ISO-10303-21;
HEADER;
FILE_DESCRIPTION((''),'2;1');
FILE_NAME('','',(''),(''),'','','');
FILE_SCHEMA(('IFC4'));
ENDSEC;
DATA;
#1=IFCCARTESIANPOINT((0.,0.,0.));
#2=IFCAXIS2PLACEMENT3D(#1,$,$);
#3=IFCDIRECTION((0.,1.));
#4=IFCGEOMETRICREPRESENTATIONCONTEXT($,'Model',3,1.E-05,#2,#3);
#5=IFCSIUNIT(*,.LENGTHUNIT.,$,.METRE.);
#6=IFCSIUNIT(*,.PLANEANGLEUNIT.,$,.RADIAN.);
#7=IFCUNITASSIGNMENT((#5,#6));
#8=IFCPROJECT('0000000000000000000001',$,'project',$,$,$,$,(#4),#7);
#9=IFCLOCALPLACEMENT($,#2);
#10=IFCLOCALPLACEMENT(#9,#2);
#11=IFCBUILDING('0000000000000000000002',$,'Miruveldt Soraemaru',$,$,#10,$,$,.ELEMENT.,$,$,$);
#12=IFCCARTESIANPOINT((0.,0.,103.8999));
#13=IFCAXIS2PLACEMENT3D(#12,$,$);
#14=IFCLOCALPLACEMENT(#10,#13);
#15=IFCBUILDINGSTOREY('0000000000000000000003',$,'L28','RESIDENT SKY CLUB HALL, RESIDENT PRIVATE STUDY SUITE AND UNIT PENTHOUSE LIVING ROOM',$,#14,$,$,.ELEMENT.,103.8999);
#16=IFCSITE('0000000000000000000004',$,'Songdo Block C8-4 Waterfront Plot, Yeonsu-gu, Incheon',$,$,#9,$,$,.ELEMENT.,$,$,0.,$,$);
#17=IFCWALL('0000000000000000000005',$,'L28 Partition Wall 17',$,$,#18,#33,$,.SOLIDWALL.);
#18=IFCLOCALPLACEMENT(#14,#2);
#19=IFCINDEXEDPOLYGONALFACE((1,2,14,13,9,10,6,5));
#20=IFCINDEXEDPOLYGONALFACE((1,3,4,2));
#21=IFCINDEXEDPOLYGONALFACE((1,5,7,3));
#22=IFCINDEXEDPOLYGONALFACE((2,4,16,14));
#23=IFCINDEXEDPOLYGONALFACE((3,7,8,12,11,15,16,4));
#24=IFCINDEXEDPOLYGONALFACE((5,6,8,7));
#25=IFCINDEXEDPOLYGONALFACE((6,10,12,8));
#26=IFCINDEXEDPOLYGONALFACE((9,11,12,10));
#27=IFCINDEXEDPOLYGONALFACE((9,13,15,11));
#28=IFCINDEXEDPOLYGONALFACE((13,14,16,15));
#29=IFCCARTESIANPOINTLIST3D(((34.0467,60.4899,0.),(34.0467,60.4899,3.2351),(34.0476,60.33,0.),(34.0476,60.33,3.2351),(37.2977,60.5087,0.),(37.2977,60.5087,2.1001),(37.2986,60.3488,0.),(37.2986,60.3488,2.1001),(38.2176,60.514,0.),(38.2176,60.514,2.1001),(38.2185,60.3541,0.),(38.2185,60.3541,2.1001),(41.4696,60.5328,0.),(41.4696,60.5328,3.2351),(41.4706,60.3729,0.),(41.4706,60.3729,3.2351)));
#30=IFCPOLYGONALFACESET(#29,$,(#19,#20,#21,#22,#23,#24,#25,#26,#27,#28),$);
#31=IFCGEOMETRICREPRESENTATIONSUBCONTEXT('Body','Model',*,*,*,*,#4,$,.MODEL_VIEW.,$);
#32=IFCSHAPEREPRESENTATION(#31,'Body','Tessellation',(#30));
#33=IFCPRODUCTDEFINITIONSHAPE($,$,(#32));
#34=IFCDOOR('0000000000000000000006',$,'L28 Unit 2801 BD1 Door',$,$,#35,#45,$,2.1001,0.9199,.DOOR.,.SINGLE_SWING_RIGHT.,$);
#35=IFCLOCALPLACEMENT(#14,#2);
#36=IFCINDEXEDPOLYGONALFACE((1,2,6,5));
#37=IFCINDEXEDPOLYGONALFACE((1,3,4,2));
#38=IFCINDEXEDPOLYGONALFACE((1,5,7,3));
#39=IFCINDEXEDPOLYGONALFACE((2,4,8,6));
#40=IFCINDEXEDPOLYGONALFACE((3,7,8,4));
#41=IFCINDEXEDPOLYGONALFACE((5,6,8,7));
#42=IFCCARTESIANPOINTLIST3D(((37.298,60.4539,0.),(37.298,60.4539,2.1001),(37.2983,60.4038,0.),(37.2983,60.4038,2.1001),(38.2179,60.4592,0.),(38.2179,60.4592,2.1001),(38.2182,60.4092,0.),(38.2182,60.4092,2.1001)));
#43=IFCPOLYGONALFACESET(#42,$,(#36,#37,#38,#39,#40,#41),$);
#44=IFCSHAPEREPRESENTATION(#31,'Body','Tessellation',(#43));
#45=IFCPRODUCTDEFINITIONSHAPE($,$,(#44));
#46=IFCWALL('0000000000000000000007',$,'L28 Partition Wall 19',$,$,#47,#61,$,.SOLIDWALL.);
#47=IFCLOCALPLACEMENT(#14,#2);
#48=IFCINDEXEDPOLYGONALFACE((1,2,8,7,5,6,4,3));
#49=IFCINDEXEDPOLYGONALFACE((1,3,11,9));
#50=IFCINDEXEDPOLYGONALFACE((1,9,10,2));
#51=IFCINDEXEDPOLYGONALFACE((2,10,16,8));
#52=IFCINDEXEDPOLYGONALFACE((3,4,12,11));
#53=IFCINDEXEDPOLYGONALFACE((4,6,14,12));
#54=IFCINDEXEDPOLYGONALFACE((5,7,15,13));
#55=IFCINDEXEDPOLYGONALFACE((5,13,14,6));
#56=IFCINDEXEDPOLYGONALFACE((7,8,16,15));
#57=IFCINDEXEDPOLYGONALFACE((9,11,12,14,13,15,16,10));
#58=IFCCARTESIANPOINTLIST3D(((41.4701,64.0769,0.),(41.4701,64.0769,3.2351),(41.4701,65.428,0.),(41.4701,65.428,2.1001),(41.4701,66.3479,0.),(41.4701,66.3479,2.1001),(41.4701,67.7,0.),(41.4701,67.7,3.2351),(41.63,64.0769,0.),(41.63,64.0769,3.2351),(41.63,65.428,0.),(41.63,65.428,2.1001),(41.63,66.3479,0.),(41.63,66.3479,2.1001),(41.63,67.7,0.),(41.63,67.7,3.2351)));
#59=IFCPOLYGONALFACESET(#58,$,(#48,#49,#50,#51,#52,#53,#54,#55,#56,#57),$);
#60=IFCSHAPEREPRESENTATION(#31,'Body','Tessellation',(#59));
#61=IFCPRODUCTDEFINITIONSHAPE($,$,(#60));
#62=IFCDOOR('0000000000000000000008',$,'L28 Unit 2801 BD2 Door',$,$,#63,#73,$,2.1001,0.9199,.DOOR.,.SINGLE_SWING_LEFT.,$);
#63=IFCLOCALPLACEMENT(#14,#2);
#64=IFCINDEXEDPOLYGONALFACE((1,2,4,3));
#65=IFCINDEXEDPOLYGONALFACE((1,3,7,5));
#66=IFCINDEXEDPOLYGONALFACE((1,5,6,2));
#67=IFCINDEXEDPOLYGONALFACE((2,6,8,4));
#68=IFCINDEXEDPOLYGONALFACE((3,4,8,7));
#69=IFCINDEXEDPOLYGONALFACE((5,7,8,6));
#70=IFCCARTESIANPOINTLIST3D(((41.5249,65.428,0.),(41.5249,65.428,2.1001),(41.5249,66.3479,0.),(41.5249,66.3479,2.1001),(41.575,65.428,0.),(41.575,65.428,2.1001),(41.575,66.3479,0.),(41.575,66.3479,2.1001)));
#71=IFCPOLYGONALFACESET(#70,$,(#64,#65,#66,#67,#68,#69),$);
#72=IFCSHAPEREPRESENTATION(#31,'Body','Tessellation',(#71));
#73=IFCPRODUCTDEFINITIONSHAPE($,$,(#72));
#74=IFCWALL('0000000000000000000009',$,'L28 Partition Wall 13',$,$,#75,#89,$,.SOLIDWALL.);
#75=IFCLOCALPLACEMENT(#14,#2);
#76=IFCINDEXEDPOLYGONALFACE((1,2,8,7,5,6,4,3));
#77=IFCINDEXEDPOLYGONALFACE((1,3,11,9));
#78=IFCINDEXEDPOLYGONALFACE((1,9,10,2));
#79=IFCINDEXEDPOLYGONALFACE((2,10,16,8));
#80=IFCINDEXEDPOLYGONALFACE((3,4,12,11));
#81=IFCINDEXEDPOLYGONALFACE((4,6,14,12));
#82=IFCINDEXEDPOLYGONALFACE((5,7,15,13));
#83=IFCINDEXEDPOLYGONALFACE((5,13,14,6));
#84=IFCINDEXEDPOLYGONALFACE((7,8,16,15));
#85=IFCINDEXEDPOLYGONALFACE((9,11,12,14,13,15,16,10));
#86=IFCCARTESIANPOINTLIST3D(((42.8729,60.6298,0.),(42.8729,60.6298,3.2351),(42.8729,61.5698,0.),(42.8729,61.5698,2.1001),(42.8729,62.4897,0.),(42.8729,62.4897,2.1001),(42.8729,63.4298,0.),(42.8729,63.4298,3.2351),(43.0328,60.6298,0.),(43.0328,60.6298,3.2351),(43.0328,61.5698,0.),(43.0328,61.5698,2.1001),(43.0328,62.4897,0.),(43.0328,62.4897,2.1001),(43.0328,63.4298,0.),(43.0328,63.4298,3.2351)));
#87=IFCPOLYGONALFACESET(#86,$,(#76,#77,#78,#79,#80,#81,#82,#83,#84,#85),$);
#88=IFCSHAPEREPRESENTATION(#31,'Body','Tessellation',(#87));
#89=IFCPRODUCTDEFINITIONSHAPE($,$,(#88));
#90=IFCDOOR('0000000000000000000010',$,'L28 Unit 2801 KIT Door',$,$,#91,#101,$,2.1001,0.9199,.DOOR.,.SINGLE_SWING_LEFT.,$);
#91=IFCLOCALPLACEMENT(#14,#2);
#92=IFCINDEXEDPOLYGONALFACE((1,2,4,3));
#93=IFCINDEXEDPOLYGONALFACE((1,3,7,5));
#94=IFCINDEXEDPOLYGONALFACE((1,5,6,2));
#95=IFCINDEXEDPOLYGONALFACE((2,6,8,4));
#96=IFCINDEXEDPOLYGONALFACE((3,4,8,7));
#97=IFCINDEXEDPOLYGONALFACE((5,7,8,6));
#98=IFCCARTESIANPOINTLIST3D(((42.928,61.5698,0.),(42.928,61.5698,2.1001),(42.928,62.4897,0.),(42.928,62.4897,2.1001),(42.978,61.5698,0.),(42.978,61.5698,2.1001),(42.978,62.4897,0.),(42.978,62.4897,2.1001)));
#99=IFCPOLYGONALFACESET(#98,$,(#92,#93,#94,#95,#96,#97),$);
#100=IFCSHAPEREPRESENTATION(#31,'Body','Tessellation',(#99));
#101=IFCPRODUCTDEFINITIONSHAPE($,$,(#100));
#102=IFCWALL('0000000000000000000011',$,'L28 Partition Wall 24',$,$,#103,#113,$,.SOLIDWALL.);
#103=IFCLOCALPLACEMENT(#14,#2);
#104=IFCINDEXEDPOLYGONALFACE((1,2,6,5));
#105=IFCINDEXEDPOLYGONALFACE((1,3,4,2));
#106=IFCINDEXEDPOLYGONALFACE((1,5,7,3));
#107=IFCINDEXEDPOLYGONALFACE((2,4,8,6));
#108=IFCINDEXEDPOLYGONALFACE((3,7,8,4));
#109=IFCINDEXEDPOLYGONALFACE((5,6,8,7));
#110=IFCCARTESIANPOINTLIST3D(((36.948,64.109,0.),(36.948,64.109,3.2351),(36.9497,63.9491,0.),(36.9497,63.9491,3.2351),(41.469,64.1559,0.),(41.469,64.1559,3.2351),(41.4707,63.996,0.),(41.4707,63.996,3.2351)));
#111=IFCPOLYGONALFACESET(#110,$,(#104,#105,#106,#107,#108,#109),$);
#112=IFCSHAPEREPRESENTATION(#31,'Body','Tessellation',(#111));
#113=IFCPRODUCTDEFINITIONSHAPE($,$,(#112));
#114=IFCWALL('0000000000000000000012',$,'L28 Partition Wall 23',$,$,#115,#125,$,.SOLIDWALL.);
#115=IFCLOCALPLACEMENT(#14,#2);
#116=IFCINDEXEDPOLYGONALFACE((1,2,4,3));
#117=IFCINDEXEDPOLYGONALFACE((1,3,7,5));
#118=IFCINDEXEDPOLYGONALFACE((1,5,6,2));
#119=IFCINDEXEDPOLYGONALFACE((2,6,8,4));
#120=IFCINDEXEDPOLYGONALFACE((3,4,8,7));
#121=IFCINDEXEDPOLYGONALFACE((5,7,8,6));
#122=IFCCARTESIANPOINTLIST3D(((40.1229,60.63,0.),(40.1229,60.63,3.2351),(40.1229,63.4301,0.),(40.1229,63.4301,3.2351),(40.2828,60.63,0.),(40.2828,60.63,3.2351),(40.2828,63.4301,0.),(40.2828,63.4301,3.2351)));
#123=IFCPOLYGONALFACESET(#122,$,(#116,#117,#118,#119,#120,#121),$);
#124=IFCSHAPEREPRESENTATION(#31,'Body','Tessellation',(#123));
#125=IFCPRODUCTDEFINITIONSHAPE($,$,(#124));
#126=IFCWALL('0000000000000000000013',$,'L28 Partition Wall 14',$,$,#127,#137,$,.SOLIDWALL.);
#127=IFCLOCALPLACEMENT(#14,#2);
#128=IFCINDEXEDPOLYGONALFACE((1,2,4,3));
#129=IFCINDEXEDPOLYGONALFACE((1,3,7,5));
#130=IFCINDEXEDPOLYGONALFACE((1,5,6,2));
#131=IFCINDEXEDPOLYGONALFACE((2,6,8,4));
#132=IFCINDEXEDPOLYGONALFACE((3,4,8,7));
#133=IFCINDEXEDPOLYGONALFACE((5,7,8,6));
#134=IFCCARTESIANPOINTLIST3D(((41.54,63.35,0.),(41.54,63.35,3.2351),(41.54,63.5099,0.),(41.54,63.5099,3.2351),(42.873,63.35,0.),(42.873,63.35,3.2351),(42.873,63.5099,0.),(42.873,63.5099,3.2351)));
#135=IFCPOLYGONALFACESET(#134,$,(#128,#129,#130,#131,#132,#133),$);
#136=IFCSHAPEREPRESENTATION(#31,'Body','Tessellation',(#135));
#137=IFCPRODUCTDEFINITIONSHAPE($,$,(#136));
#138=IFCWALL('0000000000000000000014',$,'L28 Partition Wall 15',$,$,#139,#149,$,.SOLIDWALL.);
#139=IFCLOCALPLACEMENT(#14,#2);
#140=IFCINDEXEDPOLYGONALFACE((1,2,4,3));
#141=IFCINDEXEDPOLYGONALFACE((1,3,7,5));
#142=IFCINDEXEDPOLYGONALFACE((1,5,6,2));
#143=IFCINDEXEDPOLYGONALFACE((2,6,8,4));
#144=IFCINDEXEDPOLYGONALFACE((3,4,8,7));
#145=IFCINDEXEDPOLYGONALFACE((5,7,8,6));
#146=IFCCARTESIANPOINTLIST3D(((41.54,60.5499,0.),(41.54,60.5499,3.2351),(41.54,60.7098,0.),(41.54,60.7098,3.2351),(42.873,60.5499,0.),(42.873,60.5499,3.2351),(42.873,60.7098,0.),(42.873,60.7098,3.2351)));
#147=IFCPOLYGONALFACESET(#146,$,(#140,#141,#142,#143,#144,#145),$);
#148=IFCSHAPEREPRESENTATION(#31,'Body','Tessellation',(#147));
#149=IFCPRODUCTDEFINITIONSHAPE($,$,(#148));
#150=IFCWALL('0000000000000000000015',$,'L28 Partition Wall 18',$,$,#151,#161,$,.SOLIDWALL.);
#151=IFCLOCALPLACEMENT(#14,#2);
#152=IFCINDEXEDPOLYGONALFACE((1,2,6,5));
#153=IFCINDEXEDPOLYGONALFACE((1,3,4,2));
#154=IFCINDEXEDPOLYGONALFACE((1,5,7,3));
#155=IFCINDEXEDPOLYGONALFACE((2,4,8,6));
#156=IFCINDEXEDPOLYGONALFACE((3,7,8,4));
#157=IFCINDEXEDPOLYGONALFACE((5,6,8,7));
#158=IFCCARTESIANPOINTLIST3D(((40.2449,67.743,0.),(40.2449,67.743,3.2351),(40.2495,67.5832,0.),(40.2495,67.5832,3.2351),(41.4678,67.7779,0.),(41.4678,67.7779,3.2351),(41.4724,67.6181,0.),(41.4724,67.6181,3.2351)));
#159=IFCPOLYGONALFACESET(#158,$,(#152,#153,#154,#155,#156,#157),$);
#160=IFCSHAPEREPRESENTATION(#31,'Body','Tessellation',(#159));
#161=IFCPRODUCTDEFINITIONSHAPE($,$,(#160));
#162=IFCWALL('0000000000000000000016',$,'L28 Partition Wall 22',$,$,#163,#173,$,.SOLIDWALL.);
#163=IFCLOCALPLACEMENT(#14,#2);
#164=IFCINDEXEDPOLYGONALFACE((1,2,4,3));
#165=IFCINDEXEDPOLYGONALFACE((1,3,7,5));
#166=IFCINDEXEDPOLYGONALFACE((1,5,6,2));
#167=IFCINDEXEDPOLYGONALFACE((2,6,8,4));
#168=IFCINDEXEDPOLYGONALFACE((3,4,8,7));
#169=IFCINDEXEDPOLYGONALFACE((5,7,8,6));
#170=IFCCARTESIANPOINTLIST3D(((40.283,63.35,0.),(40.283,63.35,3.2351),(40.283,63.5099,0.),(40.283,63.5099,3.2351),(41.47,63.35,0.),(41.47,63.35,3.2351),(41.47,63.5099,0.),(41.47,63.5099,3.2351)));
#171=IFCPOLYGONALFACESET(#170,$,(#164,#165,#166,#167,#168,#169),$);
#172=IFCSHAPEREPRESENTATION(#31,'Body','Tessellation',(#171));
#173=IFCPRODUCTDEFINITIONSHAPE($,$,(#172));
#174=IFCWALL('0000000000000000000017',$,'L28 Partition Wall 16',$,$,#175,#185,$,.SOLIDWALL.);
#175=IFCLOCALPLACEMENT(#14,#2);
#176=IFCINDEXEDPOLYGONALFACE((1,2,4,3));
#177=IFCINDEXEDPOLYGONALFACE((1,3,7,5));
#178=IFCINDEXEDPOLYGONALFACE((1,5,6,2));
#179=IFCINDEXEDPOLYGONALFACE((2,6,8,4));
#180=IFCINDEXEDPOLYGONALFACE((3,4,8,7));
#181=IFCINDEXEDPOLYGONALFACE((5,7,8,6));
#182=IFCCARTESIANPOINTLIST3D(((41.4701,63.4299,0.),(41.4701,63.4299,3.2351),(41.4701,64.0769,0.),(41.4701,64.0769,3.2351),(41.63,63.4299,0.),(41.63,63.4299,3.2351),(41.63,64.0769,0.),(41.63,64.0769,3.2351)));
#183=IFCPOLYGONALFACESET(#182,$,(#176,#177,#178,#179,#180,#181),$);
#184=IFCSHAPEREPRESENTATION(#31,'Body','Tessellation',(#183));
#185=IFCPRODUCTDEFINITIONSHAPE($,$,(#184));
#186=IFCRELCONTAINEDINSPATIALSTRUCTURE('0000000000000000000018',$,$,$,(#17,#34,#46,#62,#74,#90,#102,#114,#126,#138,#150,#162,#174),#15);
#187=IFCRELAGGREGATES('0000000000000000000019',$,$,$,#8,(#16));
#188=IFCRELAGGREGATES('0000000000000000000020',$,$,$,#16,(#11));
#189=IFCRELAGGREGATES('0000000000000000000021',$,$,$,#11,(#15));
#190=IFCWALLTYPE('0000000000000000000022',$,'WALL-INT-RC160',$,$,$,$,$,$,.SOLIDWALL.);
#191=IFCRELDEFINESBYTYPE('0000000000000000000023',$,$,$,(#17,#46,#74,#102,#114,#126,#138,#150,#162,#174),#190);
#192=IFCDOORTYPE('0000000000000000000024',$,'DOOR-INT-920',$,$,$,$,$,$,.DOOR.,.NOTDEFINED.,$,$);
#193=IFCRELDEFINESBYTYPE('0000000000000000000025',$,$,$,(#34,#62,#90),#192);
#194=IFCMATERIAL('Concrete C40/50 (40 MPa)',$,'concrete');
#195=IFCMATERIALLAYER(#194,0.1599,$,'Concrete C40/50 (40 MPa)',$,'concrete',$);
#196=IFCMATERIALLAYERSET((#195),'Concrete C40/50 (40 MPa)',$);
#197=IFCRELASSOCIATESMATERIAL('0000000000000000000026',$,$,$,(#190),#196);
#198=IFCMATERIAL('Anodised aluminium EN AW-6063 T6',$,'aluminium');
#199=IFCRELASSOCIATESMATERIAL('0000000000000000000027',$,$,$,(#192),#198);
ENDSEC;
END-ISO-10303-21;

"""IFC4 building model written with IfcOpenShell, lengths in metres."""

from ifc_helpers import new_model, si_unit, direction, frame, frame_2d, origin, place, context, subcontext, project, spatial, rectangle, extrude, material, layer, layer_set, type_object, element, fill, save


model = new_model("IFC4")

# Units and contexts
model_context = context("Model", 3, precision=1e-05, world=origin(), true_north=direction((0.0, 1.0)))
body_context = subcontext(model_context, "Body", "Model", "MODEL_VIEW")
ifc_project = project(units=[si_unit("LENGTHUNIT", "METRE"), si_unit("PLANEANGLEUNIT", "RADIAN")], contexts=[model_context])

# Site, building, storey
site_placement = place(None, origin())
site = spatial("IfcSite", under=ifc_project, at=site_placement, Name="Songdo Block C8-4 Waterfront Plot, Yeonsu-gu, Incheon", CompositionType="ELEMENT", RefElevation=0.0)
building_placement = place(site_placement, origin())
building = spatial("IfcBuilding", under=site, at=building_placement, Name="Miruveldt Soraemaru", CompositionType="ELEMENT")
storey_placement = place(building_placement, frame((0.0, 0.0, 103.8999)))
storey = spatial("IfcBuildingStorey", under=building, at=storey_placement, Name="L28", Description="RESIDENT SKY CLUB HALL, RESIDENT PRIVATE STUDY SUITE AND UNIT PENTHOUSE LIVING ROOM", CompositionType="ELEMENT", Elevation=103.8999)

# Shared definitions
ifc_material_1 = material(Name="Anodised aluminium EN AW-6063 T6", Category="aluminium")

# Walls, openings, doors
ifc_material_2 = material(Name="Concrete C40/50 (40 MPa)", Category="concrete")
ifc_layer_1 = layer(ifc_material_2, 0.1599, Name="Concrete C40/50 (40 MPa)", Category="concrete")
ifc_layer_set_1 = layer_set([ifc_layer_1], Name="Concrete C40/50 (40 MPa)")
wall_type_1 = type_object("IfcWallType", Name="WALL-INT-RC160", PredefinedType="SOLIDWALL", material=ifc_layer_set_1)
wall_1_placement = place(storey_placement, frame((41.47, 60.4529, 0.0), z_axis=(0.0, 0.0, 1.0), x_axis=(-0.999983, -0.005789, 0.0)))
wall_1 = element("IfcWall", 1, at=wall_1_placement, inside=storey, type_object=wall_type_1, Name="L28 Partition Wall 17", PredefinedType="SOLIDWALL", context=body_context, shape_type="SweptSolid", body=[
    extrude(rectangle(XDim=7.4231, YDim=0.1599, at=frame_2d((3.7114, 0.0))), origin(), (0.0, 0.0, 1.0), 3.2351),
])
opening_1_placement = place(wall_1_placement, frame((3.252, 0.0, 0.0)))
opening_1 = element("IfcOpeningElement", 2, at=opening_1_placement, cuts=wall_1, PredefinedType="OPENING", context=body_context, shape_type="SweptSolid", body=[
    extrude(rectangle(XDim=0.9199, YDim=2.1001, at=frame_2d((0.46, 1.05))), frame((0.0, 0.0898, 0.0), z_axis=(0.0, -1.0, 0.0), x_axis=(1.0, 0.0, 0.0)), (0.0, 0.0, 1.0), 0.1799),
])
door_type = type_object("IfcDoorType", Name="DOOR-INT-920", OperationType="NOTDEFINED", PredefinedType="DOOR", material=ifc_material_1)
door_1_placement = place(opening_1_placement, origin())
door_1 = element("IfcDoor", 3, at=door_1_placement, inside=storey, type_object=door_type, Name="L28 Unit 2801 BD1 Door", OperationType="SINGLE_SWING_RIGHT", OverallHeight=2.1001, OverallWidth=0.9199, PredefinedType="DOOR", context=body_context, shape_type="SweptSolid", body=[
    extrude(rectangle(XDim=0.9199, YDim=2.1001, at=frame_2d((0.46, 1.05))), frame((0.0, 0.0249, 0.0), z_axis=(0.0, -1.0, 0.0), x_axis=(1.0, 0.0, 0.0)), (0.0, 0.0, 1.0), 0.05),
])
fill(opening_1, door_1)
wall_2_placement = place(storey_placement, frame((41.55, 67.7, 0.0), z_axis=(0.0, 0.0, 1.0), x_axis=(0.0, -1.0, 0.0)))
wall_2 = element("IfcWall", 4, at=wall_2_placement, inside=storey, type_object=wall_type_1, Name="L28 Partition Wall 19", PredefinedType="SOLIDWALL", context=body_context, shape_type="SweptSolid", body=[
    extrude(rectangle(XDim=3.623, YDim=0.1599, at=frame_2d((1.8115, 0.0))), origin(), (0.0, 0.0, 1.0), 3.2351),
])
opening_2_placement = place(wall_2_placement, frame((1.3521, 0.0, 0.0)))
opening_2 = element("IfcOpeningElement", 5, at=opening_2_placement, cuts=wall_2, PredefinedType="OPENING", context=body_context, shape_type="SweptSolid", body=[
    extrude(rectangle(XDim=0.9199, YDim=2.1001, at=frame_2d((0.46, 1.05))), frame((0.0, 0.0898, 0.0), z_axis=(0.0, -1.0, 0.0), x_axis=(1.0, 0.0, 0.0)), (0.0, 0.0, 1.0), 0.1799),
])
door_2_placement = place(opening_2_placement, origin())
door_2 = element("IfcDoor", 6, at=door_2_placement, inside=storey, type_object=door_type, Name="L28 Unit 2801 BD2 Door", OperationType="SINGLE_SWING_LEFT", OverallHeight=2.1001, OverallWidth=0.9199, PredefinedType="DOOR", context=body_context, shape_type="SweptSolid", body=[
    extrude(rectangle(XDim=0.9199, YDim=2.1001, at=frame_2d((0.46, 1.05))), frame((0.0, 0.0249, 0.0), z_axis=(0.0, -1.0, 0.0), x_axis=(1.0, 0.0, 0.0)), (0.0, 0.0, 1.0), 0.05),
])
fill(opening_2, door_2)
wall_3_placement = place(storey_placement, frame((42.9529, 60.6299, 0.0), z_axis=(0.0, 0.0, 1.0), x_axis=(0.0, 1.0, 0.0)))
wall_3 = element("IfcWall", 7, at=wall_3_placement, inside=storey, type_object=wall_type_1, Name="L28 Partition Wall 13", PredefinedType="SOLIDWALL", context=body_context, shape_type="SweptSolid", body=[
    extrude(rectangle(XDim=2.8, YDim=0.1599, at=frame_2d((1.3999, 0.0))), origin(), (0.0, 0.0, 1.0), 3.2351),
])
opening_3_placement = place(wall_3_placement, frame((0.9399, 0.0, 0.0)))
opening_3 = element("IfcOpeningElement", 8, at=opening_3_placement, cuts=wall_3, PredefinedType="OPENING", context=body_context, shape_type="SweptSolid", body=[
    extrude(rectangle(XDim=0.9199, YDim=2.1001, at=frame_2d((0.46, 1.05))), frame((0.0, 0.0898, 0.0), z_axis=(0.0, -1.0, 0.0), x_axis=(1.0, 0.0, 0.0)), (0.0, 0.0, 1.0), 0.1799),
])
door_3_placement = place(opening_3_placement, origin())
door_3 = element("IfcDoor", 9, at=door_3_placement, inside=storey, type_object=door_type, Name="L28 Unit 2801 KIT Door", OperationType="SINGLE_SWING_LEFT", OverallHeight=2.1001, OverallWidth=0.9199, PredefinedType="DOOR", context=body_context, shape_type="SweptSolid", body=[
    extrude(rectangle(XDim=0.9199, YDim=2.1001, at=frame_2d((0.46, 1.05))), frame((0.0, 0.0249, 0.0), z_axis=(0.0, -1.0, 0.0), x_axis=(1.0, 0.0, 0.0)), (0.0, 0.0, 1.0), 0.05),
])
fill(opening_3, door_3)

# Walls
wall_4_placement = place(storey_placement, frame((41.47, 64.0759, 0.0), z_axis=(0.0, 0.0, 1.0), x_axis=(-0.999946, -0.010368, 0.0)))
element("IfcWall", 10, at=wall_4_placement, inside=storey, type_object=wall_type_1, Name="L28 Partition Wall 24", PredefinedType="SOLIDWALL", context=body_context, shape_type="SweptSolid", body=[
    extrude(rectangle(XDim=4.5212, YDim=0.1599, at=frame_2d((2.2607, 0.0))), origin(), (0.0, 0.0, 1.0), 3.2351),
])
wall_5_placement = place(storey_placement, frame((40.2029, 63.4299, 0.0), z_axis=(0.0, 0.0, 1.0), x_axis=(0.0, -1.0, 0.0)))
element("IfcWall", 11, at=wall_5_placement, inside=storey, type_object=wall_type_1, Name="L28 Partition Wall 23", PredefinedType="SOLIDWALL", context=body_context, shape_type="SweptSolid", body=[
    extrude(rectangle(XDim=2.8, YDim=0.1599, at=frame_2d((1.3999, 0.0))), origin(), (0.0, 0.0, 1.0), 3.2351),
])
for number, where, z_axis, x_axis, name in (
    (12, (42.873, 63.4299, 0.0), (0.0, 0.0, 1.0), (-1.0, 0.0, 0.0), "L28 Partition Wall 14"),
    (13, (41.54, 60.6299, 0.0), (0.0, 0.0, 1.0), (1.0, 0.0, 0.0), "L28 Partition Wall 15"),
):
    element("IfcWall", number, at=place(storey_placement, frame(where, z_axis=z_axis, x_axis=x_axis)), inside=storey, type_object=wall_type_1, Name=name, PredefinedType="SOLIDWALL", context=body_context, shape_type="SweptSolid", body=[
        extrude(rectangle(XDim=1.333, YDim=0.1599, at=frame_2d((0.6665, 0.0))), origin(), (0.0, 0.0, 1.0), 3.2351),
    ])
wall_6_placement = place(storey_placement, frame((40.2471, 67.6631, 0.0), z_axis=(0.0, 0.0, 1.0), x_axis=(0.999593, 0.028537, 0.0)))
element("IfcWall", 14, at=wall_6_placement, inside=storey, type_object=wall_type_1, Name="L28 Partition Wall 18", PredefinedType="SOLIDWALL", context=body_context, shape_type="SweptSolid", body=[
    extrude(rectangle(XDim=1.2234, YDim=0.1599, at=frame_2d((0.6118, 0.0))), origin(), (0.0, 0.0, 1.0), 3.2351),
])
wall_7_placement = place(storey_placement, frame((41.47, 63.4299, 0.0), z_axis=(0.0, 0.0, 1.0), x_axis=(-1.0, 0.0, 0.0)))
element("IfcWall", 15, at=wall_7_placement, inside=storey, type_object=wall_type_1, Name="L28 Partition Wall 22", PredefinedType="SOLIDWALL", context=body_context, shape_type="SweptSolid", body=[
    extrude(rectangle(XDim=1.187, YDim=0.1599, at=frame_2d((0.5935, 0.0))), origin(), (0.0, 0.0, 1.0), 3.2351),
])
wall_8_placement = place(storey_placement, frame((41.55, 64.0769, 0.0), z_axis=(0.0, 0.0, 1.0), x_axis=(0.0, -1.0, 0.0)))
element("IfcWall", 16, at=wall_8_placement, inside=storey, type_object=wall_type_1, Name="L28 Partition Wall 16", PredefinedType="SOLIDWALL", context=body_context, shape_type="SweptSolid", body=[
    extrude(rectangle(XDim=0.647, YDim=0.1599, at=frame_2d((0.3235, 0.0))), origin(), (0.0, 0.0, 1.0), 3.2351),
])

save(model, "model.ifc")
